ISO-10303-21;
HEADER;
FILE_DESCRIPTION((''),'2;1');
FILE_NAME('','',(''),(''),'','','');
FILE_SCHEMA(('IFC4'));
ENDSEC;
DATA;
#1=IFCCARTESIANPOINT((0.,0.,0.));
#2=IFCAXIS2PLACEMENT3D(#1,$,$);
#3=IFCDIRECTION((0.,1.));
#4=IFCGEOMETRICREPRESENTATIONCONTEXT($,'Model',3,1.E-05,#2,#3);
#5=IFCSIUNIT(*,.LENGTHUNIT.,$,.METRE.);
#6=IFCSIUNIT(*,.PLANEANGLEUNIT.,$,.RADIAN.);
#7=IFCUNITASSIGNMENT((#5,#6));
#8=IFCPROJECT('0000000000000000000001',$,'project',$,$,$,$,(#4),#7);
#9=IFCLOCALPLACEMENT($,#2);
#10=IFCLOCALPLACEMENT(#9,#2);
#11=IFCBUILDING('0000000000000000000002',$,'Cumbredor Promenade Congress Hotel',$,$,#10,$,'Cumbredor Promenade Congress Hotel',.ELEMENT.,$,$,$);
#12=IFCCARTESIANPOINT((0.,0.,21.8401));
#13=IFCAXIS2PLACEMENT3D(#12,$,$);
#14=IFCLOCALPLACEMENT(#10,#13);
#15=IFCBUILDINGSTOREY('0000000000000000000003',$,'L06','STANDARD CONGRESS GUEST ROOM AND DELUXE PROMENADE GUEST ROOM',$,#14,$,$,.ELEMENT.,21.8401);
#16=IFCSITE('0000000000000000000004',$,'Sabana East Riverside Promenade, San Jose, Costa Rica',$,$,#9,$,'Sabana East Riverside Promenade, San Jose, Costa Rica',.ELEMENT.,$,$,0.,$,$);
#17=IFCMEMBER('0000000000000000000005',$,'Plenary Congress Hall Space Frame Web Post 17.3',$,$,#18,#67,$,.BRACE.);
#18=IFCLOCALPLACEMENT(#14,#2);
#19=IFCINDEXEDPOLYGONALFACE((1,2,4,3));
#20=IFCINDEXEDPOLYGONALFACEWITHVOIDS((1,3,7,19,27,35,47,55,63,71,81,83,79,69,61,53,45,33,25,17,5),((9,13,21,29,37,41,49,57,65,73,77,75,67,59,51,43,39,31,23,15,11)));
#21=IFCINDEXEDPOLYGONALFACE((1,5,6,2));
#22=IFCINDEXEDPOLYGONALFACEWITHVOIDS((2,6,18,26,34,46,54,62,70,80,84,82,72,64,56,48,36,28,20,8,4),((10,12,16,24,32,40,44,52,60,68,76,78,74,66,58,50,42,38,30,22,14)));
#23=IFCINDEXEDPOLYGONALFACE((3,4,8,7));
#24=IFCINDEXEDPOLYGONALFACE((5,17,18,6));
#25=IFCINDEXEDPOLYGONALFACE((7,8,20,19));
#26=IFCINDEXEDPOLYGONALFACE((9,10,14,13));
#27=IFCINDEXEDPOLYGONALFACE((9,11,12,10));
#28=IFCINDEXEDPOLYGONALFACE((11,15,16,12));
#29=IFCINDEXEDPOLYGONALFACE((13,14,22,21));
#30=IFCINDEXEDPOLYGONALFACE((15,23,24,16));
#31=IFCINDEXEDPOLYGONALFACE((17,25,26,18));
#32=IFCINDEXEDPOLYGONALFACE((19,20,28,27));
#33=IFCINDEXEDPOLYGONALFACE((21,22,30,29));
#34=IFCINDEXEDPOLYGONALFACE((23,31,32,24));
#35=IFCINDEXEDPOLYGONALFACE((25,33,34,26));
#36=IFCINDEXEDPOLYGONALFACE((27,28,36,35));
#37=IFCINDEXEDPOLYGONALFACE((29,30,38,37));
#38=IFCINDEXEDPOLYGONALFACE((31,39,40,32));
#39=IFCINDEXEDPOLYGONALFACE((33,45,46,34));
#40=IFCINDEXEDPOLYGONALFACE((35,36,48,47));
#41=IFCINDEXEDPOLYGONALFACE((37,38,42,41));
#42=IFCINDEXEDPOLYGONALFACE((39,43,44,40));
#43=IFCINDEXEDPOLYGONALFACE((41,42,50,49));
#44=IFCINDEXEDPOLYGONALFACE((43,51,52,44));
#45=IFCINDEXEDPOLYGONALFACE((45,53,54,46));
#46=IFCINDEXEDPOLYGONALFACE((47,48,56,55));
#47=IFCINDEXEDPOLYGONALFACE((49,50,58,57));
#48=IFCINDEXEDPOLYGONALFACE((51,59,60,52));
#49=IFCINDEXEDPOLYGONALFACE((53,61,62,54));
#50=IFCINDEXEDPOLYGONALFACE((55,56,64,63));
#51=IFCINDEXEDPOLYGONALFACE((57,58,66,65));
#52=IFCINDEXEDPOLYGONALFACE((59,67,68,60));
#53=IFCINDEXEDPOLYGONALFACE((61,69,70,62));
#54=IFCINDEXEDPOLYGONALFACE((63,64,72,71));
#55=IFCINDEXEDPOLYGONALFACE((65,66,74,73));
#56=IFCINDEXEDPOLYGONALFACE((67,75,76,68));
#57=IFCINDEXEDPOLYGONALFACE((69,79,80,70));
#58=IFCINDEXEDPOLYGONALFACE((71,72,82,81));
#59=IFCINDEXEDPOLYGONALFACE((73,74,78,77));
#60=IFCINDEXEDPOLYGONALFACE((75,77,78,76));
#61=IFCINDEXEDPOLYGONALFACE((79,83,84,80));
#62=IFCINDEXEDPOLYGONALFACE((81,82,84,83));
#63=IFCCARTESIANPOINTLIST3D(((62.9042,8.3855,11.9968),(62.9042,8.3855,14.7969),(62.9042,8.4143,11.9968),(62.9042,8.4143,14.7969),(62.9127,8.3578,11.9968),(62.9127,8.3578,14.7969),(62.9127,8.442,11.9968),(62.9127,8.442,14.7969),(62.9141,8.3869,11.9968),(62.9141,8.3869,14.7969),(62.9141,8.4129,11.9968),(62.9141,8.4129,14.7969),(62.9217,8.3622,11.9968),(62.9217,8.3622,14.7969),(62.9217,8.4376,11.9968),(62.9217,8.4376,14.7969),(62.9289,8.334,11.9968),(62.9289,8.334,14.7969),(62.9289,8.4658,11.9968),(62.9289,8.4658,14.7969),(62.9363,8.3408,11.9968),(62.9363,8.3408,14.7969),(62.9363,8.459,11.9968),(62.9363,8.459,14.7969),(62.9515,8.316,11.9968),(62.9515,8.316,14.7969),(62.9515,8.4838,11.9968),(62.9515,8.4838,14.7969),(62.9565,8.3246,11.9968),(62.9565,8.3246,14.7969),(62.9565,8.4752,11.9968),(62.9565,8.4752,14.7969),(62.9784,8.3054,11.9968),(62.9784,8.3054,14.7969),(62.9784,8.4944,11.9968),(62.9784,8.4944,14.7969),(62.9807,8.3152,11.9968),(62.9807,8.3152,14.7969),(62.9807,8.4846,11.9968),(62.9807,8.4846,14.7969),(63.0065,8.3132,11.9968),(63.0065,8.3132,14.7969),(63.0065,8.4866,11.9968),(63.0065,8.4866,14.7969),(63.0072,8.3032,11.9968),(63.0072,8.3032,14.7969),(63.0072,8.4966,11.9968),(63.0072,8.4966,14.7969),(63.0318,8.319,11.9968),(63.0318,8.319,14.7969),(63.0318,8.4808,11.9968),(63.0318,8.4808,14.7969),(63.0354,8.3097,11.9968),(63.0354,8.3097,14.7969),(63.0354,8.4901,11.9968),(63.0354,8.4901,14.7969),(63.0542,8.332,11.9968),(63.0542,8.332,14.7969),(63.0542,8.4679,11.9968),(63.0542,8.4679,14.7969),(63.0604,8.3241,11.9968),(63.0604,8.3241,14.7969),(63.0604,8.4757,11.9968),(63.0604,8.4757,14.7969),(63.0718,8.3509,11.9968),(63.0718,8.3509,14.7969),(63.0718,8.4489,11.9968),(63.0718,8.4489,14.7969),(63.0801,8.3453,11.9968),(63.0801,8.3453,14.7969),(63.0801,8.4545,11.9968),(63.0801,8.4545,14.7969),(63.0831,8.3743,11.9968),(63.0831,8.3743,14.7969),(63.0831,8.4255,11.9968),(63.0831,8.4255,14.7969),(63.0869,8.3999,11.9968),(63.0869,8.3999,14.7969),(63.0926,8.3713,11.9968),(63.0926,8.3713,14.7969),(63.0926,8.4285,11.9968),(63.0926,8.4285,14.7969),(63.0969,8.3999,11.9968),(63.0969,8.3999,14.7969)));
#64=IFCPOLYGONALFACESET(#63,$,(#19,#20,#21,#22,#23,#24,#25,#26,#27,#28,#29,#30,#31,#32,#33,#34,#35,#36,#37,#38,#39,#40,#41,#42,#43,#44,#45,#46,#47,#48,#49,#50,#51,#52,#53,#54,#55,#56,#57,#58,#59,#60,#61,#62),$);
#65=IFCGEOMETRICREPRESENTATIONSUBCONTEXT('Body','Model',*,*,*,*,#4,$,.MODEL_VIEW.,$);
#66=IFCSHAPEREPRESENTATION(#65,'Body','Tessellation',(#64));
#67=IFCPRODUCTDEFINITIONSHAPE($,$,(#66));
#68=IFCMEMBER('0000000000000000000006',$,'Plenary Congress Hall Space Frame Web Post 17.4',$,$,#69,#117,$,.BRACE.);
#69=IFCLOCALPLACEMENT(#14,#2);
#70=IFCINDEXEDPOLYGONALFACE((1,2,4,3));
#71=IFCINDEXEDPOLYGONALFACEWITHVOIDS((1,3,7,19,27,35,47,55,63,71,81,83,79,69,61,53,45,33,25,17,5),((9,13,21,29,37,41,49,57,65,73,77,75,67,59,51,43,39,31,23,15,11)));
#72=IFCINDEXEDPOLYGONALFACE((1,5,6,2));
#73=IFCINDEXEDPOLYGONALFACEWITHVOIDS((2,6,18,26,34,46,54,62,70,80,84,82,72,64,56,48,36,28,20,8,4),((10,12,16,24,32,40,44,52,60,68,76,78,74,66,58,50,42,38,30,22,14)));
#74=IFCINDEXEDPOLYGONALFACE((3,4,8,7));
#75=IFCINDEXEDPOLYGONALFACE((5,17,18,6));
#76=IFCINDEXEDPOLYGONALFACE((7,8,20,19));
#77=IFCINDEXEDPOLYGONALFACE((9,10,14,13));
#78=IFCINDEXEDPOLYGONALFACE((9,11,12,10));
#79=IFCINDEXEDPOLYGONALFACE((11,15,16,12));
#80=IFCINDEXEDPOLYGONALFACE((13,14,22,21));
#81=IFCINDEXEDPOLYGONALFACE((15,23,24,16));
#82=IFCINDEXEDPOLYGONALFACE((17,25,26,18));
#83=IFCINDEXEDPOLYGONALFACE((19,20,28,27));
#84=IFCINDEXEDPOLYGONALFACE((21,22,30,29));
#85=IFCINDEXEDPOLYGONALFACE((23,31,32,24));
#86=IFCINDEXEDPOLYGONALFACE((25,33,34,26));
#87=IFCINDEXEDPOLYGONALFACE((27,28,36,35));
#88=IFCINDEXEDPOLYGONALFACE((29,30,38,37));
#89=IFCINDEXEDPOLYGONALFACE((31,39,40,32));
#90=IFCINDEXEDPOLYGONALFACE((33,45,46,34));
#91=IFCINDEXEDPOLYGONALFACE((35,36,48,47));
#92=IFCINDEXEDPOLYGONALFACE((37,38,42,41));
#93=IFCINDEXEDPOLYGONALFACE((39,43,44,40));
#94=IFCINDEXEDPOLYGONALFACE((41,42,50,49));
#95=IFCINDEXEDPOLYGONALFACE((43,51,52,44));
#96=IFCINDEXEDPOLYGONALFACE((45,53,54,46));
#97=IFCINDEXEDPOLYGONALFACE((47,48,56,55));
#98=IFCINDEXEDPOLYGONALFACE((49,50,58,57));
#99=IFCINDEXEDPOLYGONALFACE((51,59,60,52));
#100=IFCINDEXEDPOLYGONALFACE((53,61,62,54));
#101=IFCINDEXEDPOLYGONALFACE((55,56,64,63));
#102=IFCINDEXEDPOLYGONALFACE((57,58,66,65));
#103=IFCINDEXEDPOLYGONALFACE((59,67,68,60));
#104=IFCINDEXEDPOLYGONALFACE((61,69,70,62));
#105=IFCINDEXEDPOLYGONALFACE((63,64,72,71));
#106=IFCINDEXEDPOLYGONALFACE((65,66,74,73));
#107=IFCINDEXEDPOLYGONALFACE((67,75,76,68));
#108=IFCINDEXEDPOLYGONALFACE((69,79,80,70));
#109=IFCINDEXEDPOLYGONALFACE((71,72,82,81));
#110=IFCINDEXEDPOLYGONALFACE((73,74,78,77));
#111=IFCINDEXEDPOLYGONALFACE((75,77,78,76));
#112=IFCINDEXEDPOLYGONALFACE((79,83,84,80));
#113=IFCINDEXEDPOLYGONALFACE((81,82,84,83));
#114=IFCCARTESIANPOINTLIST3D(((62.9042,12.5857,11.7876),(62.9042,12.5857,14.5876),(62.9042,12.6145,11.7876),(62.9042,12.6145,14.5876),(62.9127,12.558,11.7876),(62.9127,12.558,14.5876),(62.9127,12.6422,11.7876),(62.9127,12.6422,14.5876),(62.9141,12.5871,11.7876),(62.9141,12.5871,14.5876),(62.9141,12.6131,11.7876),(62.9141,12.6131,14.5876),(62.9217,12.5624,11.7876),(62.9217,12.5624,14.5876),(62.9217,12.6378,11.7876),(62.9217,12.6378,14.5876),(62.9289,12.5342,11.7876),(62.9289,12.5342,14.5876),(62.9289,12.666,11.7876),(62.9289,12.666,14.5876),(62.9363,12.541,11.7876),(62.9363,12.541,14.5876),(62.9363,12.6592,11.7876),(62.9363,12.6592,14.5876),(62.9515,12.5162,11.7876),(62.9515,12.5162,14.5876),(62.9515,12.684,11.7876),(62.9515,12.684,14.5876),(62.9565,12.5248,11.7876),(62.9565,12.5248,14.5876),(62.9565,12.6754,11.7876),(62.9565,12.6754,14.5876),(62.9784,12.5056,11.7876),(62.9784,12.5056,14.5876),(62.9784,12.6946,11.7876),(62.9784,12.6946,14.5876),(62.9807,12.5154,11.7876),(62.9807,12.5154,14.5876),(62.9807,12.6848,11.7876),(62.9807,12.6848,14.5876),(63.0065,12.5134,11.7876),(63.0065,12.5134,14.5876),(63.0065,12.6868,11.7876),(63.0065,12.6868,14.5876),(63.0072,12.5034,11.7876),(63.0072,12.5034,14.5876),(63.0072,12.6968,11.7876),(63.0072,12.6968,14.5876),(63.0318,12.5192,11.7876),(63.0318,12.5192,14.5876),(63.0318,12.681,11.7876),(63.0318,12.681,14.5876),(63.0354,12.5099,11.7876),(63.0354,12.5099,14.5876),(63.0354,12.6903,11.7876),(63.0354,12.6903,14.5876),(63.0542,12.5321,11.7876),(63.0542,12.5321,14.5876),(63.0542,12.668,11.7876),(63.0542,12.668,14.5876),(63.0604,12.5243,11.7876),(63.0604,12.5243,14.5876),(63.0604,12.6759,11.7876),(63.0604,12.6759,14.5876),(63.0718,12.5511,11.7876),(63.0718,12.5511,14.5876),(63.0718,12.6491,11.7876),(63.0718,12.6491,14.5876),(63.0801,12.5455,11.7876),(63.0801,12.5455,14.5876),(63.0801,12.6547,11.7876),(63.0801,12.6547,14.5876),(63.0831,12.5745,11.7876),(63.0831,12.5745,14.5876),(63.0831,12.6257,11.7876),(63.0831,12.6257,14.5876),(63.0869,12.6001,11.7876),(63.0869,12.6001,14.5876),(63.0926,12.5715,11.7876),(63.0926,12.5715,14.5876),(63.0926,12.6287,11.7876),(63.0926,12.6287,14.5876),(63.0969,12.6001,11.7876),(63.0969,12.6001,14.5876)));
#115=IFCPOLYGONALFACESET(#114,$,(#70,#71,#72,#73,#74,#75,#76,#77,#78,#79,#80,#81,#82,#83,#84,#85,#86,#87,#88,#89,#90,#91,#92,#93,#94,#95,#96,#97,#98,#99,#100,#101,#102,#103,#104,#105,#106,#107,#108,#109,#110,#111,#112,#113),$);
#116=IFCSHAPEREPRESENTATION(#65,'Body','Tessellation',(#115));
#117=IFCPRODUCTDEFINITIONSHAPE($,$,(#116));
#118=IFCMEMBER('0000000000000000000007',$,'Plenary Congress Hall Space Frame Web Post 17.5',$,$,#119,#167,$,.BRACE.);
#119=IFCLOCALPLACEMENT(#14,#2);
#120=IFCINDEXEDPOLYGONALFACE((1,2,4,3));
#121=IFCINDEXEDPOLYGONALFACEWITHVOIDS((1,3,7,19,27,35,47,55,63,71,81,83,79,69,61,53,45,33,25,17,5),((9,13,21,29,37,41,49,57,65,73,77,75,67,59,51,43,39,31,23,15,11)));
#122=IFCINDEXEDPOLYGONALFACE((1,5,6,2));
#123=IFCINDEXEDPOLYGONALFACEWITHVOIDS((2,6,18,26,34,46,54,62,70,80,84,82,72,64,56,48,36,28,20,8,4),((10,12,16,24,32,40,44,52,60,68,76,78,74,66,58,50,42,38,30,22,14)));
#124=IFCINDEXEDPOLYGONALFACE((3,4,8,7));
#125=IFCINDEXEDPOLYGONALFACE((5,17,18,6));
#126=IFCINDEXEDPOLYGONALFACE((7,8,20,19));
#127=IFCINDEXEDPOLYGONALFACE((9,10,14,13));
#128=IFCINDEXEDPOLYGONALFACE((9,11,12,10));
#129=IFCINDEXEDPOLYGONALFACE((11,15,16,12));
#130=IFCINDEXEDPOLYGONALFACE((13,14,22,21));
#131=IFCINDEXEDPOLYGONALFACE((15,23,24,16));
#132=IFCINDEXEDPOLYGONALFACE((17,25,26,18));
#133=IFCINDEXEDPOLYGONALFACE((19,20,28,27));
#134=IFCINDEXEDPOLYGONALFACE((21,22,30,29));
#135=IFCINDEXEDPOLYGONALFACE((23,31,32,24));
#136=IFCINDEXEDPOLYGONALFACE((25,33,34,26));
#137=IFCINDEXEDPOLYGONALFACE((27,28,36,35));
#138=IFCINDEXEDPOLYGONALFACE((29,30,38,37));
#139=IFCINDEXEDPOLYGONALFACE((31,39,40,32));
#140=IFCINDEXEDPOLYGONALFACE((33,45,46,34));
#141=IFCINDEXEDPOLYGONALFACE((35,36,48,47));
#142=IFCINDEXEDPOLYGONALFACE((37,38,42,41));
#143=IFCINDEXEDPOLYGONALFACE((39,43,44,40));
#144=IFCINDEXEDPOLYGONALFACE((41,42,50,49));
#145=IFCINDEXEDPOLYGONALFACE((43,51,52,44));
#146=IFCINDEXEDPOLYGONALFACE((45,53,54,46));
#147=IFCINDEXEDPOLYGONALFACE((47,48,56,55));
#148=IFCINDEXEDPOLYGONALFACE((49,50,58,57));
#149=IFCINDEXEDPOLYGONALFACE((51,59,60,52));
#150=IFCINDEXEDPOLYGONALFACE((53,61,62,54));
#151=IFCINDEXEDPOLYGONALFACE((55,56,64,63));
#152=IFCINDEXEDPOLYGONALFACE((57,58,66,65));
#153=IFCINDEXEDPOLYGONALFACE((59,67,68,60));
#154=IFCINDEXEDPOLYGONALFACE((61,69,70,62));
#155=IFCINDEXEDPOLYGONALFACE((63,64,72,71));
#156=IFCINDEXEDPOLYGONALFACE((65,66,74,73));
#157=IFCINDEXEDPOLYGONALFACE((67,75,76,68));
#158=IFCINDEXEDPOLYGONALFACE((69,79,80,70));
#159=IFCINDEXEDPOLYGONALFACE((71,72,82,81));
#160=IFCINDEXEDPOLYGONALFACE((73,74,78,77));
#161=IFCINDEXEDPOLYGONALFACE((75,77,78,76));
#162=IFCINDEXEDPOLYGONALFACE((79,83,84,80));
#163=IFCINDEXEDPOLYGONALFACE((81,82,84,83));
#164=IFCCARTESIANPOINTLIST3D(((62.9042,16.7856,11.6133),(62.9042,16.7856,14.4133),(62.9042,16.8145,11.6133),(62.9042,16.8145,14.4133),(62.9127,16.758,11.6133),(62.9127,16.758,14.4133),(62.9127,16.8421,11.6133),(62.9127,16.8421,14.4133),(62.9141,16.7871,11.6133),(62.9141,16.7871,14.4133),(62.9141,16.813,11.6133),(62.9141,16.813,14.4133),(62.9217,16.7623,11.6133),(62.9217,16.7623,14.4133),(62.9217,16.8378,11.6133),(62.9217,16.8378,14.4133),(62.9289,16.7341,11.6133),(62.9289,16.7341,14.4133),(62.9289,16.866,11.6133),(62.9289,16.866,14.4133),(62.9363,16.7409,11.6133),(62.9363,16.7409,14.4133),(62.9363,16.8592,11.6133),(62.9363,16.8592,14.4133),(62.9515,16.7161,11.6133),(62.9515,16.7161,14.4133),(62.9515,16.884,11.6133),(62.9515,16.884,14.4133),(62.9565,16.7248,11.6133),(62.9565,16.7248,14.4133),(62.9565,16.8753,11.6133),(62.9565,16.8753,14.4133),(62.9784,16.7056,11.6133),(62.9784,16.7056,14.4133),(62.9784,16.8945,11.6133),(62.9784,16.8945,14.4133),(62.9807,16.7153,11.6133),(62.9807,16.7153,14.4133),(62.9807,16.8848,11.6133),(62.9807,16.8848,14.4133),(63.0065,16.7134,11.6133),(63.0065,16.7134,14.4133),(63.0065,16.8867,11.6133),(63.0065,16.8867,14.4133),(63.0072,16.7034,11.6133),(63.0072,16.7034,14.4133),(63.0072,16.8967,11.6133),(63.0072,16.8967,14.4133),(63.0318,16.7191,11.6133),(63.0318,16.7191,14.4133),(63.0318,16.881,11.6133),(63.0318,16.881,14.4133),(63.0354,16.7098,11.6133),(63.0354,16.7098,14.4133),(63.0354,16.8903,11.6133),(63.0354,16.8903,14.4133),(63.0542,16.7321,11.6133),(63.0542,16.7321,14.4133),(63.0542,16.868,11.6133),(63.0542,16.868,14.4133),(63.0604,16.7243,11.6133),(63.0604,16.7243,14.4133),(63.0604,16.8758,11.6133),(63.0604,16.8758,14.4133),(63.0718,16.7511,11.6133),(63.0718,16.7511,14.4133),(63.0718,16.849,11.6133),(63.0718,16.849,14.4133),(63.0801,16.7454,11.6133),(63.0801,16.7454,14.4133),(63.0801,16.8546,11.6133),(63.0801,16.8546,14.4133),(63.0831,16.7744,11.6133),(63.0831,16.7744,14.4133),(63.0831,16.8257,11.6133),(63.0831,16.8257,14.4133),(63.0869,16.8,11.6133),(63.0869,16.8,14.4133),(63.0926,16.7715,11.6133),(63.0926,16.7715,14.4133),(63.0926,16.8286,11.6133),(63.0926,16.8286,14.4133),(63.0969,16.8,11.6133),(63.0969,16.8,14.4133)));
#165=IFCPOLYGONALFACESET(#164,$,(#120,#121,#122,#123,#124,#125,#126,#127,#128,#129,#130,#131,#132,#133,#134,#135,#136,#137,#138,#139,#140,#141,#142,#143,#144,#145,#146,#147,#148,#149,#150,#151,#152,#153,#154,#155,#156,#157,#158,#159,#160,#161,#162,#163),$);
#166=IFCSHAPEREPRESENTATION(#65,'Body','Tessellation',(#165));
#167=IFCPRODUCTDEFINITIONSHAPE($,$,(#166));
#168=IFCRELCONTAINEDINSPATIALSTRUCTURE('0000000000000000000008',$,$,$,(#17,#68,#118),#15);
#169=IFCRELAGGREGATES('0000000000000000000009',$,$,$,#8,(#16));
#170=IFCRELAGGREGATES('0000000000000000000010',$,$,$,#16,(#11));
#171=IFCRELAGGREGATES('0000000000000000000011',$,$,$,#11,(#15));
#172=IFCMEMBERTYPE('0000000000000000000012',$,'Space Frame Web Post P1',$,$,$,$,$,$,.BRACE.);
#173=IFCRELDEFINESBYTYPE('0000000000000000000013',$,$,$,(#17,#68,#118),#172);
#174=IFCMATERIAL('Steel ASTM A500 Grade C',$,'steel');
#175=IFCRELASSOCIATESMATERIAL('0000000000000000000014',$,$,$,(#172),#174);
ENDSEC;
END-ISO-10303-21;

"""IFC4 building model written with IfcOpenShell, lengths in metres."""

from ifc_helpers import new_model, si_unit, direction, frame, origin, origin_2d, place, context, subcontext, project, spatial, hollow_circle, extrude, material, material_profile, profile_set, type_object, element, save


model = new_model("IFC4")

# Units and contexts
model_context = context("Model", 3, precision=1e-05, world=origin(), true_north=direction((0.0, 1.0)))
body_context = subcontext(model_context, "Body", "Model", "MODEL_VIEW")
ifc_project = project(units=[si_unit("LENGTHUNIT", "METRE"), si_unit("PLANEANGLEUNIT", "RADIAN")], contexts=[model_context])

# Site, building, storey
site_placement = place(None, origin())
site = spatial("IfcSite", under=ifc_project, at=site_placement, Name="Sabana East Riverside Promenade, San Jose, Costa Rica", LongName="Sabana East Riverside Promenade, San Jose, Costa Rica", CompositionType="ELEMENT", RefElevation=0.0)
building_placement = place(site_placement, origin())
building = spatial("IfcBuilding", under=site, at=building_placement, Name="Cumbredor Promenade Congress Hotel", LongName="Cumbredor Promenade Congress Hotel", CompositionType="ELEMENT")
storey_placement = place(building_placement, frame((0.0, 0.0, 21.8401)))
storey = spatial("IfcBuildingStorey", under=building, at=storey_placement, Name="L06", Description="STANDARD CONGRESS GUEST ROOM AND DELUXE PROMENADE GUEST ROOM", CompositionType="ELEMENT", Elevation=21.8401)

# Members
ifc_material_1 = material(Name="Steel ASTM A500 Grade C", Category="steel")
ifc_material_profile_1 = material_profile(ifc_material_1, hollow_circle(Radius=0.0969, WallThickness=0.01, at=origin_2d()), Name="CHS 193.7x10")
ifc_profile_set_1 = profile_set([ifc_material_profile_1], Name="Steel ASTM A500 Grade C")
member_type_1 = type_object("IfcMemberType", Name="Space Frame Web Post P1", PredefinedType="BRACE", material=ifc_profile_set_1)
for number, where, z_axis, x_axis, name in (
    (1, (63.0, 8.3999, 11.9968), (0.0, 0.0, 1.0), (1.0, 0.0, 0.0), "Plenary Congress Hall Space Frame Web Post 17.3"),
    (2, (63.0, 12.6001, 11.7876), (0.0, 0.0, 1.0), (1.0, 0.0, 0.0), "Plenary Congress Hall Space Frame Web Post 17.4"),
    (3, (63.0, 16.8, 11.6133), (0.0, 0.0, 1.0), (1.0, 0.0, 0.0), "Plenary Congress Hall Space Frame Web Post 17.5"),
):
    element("IfcMember", number, at=place(storey_placement, frame(where, z_axis=z_axis, x_axis=x_axis)), inside=storey, type_object=member_type_1, Name=name, PredefinedType="BRACE", context=body_context, shape_type="SweptSolid", body=[
        extrude(hollow_circle(Radius=0.0969, WallThickness=0.01, at=origin_2d()), origin(), (0.0, 0.0, 1.0), 2.8),
    ])

save(model, "model.ifc")
